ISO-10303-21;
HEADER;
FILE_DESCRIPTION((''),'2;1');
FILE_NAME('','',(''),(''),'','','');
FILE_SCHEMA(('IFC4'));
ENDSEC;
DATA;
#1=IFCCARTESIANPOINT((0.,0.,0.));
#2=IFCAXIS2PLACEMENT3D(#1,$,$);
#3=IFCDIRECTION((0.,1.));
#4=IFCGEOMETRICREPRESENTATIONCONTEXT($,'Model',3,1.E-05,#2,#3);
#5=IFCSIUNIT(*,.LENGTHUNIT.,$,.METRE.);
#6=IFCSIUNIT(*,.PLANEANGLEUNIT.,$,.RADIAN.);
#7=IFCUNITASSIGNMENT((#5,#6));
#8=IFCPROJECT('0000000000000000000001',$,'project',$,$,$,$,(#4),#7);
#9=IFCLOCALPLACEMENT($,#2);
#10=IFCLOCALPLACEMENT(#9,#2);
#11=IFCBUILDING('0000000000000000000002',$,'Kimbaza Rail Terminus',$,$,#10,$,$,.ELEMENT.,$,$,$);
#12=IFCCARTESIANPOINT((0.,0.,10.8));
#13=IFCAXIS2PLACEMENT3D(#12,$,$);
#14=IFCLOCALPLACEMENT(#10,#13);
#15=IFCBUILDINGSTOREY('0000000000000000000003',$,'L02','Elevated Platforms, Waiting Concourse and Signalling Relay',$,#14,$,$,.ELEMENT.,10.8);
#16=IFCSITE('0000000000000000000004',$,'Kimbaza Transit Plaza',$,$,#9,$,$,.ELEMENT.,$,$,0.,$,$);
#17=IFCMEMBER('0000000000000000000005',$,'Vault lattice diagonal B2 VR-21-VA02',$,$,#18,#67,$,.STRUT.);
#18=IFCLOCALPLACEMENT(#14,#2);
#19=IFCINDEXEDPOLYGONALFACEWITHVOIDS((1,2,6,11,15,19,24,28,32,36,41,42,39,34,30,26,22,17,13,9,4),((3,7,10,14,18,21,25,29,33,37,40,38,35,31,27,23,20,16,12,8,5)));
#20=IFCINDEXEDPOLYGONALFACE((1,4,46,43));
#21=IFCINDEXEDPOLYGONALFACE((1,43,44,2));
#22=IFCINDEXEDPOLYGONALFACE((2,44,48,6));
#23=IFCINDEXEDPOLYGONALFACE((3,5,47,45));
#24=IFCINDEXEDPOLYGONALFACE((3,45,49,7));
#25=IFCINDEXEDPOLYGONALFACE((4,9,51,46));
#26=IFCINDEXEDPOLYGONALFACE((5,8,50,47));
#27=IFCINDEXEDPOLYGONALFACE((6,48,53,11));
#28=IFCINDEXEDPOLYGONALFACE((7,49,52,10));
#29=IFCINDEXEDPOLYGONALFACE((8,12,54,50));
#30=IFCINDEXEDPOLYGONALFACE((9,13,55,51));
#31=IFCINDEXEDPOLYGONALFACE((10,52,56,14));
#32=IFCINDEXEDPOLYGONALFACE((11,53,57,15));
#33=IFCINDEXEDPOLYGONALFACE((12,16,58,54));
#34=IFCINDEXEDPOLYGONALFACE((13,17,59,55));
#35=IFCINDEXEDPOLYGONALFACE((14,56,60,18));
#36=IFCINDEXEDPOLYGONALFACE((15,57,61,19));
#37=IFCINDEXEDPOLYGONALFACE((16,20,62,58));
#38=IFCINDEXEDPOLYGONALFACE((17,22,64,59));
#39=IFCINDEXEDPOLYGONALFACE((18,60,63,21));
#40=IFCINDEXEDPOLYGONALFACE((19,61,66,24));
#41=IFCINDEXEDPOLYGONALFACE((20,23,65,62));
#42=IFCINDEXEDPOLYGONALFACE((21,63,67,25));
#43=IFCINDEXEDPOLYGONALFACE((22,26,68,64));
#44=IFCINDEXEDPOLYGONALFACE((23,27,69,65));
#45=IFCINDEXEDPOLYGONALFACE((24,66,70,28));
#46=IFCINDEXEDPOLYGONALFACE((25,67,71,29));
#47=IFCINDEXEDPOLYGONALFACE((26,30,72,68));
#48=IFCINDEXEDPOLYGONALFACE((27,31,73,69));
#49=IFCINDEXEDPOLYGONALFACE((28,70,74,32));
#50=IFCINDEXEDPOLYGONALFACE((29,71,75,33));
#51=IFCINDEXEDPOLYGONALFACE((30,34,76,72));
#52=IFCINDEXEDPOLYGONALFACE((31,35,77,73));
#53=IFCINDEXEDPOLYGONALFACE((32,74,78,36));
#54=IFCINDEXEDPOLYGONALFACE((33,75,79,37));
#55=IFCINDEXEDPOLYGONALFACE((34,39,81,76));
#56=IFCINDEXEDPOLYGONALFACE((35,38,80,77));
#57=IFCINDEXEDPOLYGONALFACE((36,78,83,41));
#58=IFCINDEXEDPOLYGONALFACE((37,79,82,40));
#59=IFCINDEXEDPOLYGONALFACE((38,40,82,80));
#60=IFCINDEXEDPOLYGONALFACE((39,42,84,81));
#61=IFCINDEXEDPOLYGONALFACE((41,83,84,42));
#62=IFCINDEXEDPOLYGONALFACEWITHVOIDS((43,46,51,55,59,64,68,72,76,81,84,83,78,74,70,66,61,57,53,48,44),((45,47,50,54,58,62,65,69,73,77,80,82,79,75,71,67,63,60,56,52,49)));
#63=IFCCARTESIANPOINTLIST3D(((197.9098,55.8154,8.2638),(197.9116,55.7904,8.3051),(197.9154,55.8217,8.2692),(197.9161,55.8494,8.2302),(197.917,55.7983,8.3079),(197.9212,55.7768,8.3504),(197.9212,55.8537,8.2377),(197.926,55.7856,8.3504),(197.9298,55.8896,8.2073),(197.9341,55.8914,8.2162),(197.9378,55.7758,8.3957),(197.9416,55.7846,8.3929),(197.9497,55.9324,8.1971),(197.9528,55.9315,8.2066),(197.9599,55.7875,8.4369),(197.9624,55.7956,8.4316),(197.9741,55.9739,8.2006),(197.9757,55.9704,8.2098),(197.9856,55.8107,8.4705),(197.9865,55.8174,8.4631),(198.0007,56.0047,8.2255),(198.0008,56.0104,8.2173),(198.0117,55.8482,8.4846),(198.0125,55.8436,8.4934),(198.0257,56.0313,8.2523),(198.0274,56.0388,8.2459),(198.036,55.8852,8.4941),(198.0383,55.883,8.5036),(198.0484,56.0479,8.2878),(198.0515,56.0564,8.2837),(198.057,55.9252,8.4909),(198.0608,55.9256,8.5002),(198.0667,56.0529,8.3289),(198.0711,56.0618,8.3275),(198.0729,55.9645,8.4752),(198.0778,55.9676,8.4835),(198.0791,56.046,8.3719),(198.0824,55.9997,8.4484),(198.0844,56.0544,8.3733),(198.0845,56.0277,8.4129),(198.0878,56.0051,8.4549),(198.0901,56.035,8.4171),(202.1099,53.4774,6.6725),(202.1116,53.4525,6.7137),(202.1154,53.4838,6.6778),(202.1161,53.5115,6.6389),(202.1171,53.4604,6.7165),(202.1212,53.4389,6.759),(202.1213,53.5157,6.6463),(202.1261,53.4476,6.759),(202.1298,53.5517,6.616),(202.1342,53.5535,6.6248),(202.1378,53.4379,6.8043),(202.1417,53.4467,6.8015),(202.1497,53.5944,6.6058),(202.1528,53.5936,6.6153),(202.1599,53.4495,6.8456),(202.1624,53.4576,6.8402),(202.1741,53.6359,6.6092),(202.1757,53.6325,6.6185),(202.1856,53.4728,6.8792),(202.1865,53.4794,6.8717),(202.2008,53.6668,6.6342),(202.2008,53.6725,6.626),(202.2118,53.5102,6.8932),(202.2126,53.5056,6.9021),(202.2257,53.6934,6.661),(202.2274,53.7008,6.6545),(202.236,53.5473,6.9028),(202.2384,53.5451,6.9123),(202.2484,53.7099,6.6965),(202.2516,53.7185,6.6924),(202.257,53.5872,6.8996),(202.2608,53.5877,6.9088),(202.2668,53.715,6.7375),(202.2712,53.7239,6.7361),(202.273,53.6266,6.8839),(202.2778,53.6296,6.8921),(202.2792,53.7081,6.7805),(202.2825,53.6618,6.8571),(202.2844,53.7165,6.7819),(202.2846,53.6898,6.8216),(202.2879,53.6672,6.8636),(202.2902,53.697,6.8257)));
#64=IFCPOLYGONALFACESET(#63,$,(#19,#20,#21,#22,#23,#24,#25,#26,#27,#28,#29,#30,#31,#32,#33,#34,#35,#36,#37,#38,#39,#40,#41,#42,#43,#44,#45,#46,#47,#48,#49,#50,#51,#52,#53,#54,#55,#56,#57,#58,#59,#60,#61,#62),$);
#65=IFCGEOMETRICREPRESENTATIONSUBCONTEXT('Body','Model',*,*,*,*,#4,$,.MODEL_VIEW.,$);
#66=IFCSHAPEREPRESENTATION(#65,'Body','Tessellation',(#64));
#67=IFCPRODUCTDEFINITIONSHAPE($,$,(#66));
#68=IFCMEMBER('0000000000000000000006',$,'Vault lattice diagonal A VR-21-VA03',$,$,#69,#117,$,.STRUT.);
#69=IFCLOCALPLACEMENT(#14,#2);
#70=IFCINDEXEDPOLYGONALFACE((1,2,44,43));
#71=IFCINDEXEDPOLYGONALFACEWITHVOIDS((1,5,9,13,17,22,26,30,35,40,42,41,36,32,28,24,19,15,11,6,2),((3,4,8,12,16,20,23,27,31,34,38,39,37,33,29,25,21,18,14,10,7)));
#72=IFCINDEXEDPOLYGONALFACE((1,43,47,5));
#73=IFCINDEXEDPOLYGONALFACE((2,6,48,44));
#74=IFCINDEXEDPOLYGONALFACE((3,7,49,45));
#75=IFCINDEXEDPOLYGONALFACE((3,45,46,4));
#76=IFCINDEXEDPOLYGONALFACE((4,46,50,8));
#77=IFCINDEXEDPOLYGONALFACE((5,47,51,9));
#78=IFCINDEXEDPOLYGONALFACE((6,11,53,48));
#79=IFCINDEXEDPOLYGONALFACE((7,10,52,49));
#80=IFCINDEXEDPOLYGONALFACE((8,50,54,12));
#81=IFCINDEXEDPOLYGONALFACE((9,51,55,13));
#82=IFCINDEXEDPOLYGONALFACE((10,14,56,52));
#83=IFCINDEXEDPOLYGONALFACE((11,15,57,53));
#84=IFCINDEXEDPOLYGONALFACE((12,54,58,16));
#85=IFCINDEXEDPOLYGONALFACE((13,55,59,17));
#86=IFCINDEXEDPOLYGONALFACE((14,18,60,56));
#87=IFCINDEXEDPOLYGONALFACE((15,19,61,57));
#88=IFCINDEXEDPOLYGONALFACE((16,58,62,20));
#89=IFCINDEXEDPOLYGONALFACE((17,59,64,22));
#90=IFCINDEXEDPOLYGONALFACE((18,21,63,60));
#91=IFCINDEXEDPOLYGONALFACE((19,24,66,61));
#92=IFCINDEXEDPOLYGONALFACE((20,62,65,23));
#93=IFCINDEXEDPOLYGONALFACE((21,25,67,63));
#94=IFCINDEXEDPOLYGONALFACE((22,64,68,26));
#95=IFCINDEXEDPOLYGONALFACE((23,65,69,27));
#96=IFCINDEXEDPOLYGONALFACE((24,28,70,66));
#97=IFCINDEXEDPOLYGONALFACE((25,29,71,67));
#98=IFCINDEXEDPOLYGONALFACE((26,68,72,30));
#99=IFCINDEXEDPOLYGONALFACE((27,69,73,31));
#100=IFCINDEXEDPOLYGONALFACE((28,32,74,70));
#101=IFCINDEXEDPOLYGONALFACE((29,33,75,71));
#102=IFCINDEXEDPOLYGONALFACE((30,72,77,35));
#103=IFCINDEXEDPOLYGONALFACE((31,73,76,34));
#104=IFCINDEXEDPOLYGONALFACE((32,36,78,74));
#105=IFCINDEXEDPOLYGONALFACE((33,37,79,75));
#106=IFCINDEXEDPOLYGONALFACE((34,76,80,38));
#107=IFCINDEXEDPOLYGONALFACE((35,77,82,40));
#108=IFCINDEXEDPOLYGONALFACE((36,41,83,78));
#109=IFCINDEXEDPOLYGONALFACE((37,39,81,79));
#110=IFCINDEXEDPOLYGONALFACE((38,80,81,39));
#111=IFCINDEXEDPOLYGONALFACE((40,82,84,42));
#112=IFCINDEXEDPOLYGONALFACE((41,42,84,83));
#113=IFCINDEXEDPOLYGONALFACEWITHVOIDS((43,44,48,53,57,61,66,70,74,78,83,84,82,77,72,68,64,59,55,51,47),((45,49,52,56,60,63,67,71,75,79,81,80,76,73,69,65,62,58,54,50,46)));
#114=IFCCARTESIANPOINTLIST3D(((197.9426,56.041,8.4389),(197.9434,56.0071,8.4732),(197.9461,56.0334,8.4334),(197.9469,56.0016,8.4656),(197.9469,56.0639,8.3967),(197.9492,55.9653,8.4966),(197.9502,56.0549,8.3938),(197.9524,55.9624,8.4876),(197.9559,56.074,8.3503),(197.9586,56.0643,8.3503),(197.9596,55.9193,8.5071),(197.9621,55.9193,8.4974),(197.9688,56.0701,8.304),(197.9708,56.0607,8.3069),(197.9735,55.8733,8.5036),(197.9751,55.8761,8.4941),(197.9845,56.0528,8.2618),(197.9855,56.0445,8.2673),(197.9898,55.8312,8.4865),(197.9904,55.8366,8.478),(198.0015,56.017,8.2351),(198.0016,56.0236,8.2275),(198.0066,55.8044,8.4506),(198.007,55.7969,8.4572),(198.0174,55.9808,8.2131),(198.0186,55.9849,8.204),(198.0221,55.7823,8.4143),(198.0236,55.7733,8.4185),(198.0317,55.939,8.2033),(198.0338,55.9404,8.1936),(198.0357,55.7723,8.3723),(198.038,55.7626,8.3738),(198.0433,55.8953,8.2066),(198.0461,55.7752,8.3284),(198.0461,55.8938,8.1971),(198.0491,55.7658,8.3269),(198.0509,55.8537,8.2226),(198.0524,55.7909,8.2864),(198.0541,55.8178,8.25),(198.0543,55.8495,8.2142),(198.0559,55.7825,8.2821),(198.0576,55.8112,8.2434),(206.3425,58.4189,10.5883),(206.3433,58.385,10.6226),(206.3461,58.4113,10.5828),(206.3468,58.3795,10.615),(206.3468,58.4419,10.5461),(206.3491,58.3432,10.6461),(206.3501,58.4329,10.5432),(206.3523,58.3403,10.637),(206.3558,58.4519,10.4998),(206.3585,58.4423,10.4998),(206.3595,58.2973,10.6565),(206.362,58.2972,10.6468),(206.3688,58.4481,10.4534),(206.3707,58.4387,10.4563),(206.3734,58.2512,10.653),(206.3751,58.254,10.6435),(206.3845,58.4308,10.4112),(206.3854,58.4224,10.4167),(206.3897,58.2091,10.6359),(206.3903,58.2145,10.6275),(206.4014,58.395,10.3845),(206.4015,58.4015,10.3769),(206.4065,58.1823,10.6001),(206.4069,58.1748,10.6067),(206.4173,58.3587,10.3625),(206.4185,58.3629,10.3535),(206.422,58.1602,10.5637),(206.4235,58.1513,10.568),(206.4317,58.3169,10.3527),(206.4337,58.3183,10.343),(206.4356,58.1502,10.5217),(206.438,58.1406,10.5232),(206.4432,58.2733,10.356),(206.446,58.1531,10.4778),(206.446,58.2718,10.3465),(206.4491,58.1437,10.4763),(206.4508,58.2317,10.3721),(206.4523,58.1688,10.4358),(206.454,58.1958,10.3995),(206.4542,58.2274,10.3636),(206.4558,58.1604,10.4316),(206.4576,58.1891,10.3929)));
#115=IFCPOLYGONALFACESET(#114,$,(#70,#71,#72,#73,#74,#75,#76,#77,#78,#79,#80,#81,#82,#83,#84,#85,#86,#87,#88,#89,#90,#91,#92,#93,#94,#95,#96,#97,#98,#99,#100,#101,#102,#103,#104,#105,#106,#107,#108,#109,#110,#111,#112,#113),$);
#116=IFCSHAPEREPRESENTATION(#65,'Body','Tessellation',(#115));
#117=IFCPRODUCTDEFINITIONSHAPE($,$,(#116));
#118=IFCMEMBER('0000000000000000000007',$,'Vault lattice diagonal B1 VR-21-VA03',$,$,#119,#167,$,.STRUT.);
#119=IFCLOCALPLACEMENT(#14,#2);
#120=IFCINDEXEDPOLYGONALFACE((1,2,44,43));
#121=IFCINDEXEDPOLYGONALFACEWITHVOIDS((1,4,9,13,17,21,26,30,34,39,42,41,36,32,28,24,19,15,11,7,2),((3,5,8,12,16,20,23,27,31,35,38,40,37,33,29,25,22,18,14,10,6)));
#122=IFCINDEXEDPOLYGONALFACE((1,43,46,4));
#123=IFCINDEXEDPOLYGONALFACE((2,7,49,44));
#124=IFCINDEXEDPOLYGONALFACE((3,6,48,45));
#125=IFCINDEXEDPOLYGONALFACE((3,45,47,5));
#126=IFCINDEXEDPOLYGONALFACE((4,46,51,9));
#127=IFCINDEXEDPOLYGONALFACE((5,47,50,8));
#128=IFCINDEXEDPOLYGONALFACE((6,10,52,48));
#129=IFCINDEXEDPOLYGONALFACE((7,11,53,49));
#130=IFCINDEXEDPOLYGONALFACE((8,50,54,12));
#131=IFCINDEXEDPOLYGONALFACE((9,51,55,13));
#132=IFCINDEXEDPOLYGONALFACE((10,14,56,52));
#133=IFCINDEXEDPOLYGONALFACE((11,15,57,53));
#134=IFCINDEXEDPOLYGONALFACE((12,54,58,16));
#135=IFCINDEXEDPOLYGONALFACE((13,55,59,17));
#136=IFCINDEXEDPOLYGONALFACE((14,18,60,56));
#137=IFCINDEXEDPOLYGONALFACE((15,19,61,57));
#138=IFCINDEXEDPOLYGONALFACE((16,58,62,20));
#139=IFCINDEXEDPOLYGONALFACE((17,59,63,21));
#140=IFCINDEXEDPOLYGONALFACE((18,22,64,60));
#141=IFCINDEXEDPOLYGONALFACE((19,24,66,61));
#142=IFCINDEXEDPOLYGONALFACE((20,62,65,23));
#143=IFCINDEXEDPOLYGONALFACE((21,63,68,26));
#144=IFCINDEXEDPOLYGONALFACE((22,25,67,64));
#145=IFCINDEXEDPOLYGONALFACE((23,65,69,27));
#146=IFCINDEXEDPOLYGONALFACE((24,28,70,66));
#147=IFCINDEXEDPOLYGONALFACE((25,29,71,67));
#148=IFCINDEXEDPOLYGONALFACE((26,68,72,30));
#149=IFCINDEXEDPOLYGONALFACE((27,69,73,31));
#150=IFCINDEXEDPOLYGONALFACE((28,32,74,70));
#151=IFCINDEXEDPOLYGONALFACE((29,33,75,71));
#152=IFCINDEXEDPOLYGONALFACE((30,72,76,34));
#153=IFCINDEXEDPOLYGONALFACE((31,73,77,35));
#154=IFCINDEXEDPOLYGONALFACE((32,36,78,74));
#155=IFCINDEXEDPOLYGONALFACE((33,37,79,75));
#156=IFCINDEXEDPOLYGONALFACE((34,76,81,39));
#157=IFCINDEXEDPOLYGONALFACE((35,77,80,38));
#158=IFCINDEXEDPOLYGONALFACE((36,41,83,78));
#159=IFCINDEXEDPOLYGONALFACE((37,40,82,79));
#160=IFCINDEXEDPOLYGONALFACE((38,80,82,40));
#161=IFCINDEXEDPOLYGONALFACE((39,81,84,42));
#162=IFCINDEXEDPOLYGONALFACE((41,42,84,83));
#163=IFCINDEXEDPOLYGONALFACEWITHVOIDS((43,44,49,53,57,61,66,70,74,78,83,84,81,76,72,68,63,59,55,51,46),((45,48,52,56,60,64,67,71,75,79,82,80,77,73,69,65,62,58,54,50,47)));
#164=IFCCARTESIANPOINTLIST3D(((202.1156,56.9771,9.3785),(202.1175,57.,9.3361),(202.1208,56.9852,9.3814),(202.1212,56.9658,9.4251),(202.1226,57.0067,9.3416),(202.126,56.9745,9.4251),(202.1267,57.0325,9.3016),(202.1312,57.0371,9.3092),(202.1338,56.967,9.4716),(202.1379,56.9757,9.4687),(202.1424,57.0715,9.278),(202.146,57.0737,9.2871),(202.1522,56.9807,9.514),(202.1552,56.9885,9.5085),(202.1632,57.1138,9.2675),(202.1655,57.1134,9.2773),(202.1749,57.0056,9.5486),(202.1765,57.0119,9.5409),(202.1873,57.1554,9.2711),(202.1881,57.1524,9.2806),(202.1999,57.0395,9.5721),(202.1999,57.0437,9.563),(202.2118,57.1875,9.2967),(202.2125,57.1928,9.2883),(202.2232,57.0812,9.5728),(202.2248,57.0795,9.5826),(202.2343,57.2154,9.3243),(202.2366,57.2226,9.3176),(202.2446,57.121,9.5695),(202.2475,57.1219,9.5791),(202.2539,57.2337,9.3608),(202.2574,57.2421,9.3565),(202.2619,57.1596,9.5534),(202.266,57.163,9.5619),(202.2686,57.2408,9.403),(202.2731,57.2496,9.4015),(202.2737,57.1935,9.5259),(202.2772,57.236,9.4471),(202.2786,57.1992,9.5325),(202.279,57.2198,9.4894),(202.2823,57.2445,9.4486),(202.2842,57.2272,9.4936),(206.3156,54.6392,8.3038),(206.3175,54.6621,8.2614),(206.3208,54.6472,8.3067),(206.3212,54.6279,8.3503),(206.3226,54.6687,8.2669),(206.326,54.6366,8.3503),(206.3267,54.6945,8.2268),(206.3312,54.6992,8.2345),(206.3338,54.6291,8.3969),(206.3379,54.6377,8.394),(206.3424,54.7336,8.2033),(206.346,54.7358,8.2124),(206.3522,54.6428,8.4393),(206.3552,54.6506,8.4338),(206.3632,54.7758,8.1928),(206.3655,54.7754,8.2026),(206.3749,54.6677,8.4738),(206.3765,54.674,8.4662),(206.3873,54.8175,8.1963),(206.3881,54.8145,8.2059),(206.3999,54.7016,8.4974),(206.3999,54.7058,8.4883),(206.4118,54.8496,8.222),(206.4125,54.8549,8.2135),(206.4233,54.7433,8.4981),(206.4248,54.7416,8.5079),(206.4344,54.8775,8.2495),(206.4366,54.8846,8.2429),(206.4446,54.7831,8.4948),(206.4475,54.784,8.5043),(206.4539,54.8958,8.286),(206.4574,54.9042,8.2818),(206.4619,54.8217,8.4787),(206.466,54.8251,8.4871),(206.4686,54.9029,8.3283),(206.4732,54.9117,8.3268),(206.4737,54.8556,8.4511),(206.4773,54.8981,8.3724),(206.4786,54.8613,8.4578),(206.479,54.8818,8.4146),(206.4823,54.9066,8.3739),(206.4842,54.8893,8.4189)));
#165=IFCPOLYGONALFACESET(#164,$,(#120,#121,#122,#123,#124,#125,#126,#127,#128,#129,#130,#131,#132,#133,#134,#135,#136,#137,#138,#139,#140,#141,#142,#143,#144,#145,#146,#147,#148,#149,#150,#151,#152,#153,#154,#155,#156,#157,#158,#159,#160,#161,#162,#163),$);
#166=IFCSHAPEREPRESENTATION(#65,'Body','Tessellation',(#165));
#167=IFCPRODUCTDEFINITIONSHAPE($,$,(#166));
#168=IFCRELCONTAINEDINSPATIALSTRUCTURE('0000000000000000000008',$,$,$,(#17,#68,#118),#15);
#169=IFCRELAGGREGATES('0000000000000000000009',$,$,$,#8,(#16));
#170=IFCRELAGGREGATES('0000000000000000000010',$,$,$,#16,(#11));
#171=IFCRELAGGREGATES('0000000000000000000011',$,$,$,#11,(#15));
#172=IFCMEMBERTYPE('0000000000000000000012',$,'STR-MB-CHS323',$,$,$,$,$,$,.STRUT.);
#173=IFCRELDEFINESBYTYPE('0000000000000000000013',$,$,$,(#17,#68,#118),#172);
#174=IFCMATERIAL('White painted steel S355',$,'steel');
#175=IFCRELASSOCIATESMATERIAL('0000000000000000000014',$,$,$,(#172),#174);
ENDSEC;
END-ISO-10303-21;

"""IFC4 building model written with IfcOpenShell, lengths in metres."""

from ifc_helpers import new_model, si_unit, direction, frame, origin, origin_2d, place, context, subcontext, project, spatial, hollow_circle, extrude, material, material_profile, profile_set, type_object, element, save


model = new_model("IFC4")

# Units and contexts
model_context = context("Model", 3, precision=1e-05, world=origin(), true_north=direction((0.0, 1.0)))
body_context = subcontext(model_context, "Body", "Model", "MODEL_VIEW")
ifc_project = project(units=[si_unit("LENGTHUNIT", "METRE"), si_unit("PLANEANGLEUNIT", "RADIAN")], contexts=[model_context])

# Site, building, storey
site_placement = place(None, origin())
site = spatial("IfcSite", under=ifc_project, at=site_placement, Name="Kimbaza Transit Plaza", CompositionType="ELEMENT", RefElevation=0.0)
building_placement = place(site_placement, origin())
building = spatial("IfcBuilding", under=site, at=building_placement, Name="Kimbaza Rail Terminus", CompositionType="ELEMENT")
storey_placement = place(building_placement, frame((0.0, 0.0, 10.8)))
storey = spatial("IfcBuildingStorey", under=building, at=storey_placement, Name="L02", Description="Elevated Platforms, Waiting Concourse and Signalling Relay", CompositionType="ELEMENT", Elevation=10.8)

# Members
ifc_material_1 = material(Name="White painted steel S355", Category="steel")
ifc_material_profile_1 = material_profile(ifc_material_1, hollow_circle(Radius=0.1619, WallThickness=0.01, at=origin_2d()), Name="CHS 323.9x10")
ifc_profile_set_1 = profile_set([ifc_material_profile_1], Name="White painted steel S355")
member_type_1 = type_object("IfcMemberType", Name="STR-MB-CHS323", PredefinedType="STRUT", material=ifc_profile_set_1)
member_1_placement = place(storey_placement, frame((202.2, 53.5803, 6.759), z_axis=(-0.82948, 0.461727, 0.314279), x_axis=(-0.486372, -0.873752, 0.0)))
element("IfcMember", 1, at=member_1_placement, inside=storey, type_object=member_type_1, Name="Vault lattice diagonal B2 VR-21-VA02", PredefinedType="STRUT", context=body_context, shape_type="SweptSolid", body=[
    extrude(hollow_circle(Radius=0.1619, WallThickness=0.01, at=origin_2d()), origin(), (0.0, 0.0, 1.0), 5.0635),
])
member_2_placement = place(storey_placement, frame((198.0, 55.9182, 8.3503), z_axis=(0.934287, 0.264487, 0.239071), x_axis=(-0.272386, 0.962188, 0.0)))
element("IfcMember", 2, at=member_2_placement, inside=storey, type_object=member_type_1, Name="Vault lattice diagonal A VR-21-VA03", PredefinedType="STRUT", context=body_context, shape_type="SweptSolid", body=[
    extrude(hollow_circle(Radius=0.1619, WallThickness=0.01, at=origin_2d()), origin(), (0.0, 0.0, 1.0), 8.9907),
])
member_3_placement = place(storey_placement, frame((206.3999, 54.7693, 8.3503), z_axis=(-0.852699, 0.474653, 0.218194), x_axis=(-0.486372, -0.873752, 0.0)))
element("IfcMember", 3, at=member_3_placement, inside=storey, type_object=member_type_1, Name="Vault lattice diagonal B1 VR-21-VA03", PredefinedType="STRUT", context=body_context, shape_type="SweptSolid", body=[
    extrude(hollow_circle(Radius=0.1619, WallThickness=0.01, at=origin_2d()), origin(), (0.0, 0.0, 1.0), 4.9255),
])

save(model, "model.ifc")
